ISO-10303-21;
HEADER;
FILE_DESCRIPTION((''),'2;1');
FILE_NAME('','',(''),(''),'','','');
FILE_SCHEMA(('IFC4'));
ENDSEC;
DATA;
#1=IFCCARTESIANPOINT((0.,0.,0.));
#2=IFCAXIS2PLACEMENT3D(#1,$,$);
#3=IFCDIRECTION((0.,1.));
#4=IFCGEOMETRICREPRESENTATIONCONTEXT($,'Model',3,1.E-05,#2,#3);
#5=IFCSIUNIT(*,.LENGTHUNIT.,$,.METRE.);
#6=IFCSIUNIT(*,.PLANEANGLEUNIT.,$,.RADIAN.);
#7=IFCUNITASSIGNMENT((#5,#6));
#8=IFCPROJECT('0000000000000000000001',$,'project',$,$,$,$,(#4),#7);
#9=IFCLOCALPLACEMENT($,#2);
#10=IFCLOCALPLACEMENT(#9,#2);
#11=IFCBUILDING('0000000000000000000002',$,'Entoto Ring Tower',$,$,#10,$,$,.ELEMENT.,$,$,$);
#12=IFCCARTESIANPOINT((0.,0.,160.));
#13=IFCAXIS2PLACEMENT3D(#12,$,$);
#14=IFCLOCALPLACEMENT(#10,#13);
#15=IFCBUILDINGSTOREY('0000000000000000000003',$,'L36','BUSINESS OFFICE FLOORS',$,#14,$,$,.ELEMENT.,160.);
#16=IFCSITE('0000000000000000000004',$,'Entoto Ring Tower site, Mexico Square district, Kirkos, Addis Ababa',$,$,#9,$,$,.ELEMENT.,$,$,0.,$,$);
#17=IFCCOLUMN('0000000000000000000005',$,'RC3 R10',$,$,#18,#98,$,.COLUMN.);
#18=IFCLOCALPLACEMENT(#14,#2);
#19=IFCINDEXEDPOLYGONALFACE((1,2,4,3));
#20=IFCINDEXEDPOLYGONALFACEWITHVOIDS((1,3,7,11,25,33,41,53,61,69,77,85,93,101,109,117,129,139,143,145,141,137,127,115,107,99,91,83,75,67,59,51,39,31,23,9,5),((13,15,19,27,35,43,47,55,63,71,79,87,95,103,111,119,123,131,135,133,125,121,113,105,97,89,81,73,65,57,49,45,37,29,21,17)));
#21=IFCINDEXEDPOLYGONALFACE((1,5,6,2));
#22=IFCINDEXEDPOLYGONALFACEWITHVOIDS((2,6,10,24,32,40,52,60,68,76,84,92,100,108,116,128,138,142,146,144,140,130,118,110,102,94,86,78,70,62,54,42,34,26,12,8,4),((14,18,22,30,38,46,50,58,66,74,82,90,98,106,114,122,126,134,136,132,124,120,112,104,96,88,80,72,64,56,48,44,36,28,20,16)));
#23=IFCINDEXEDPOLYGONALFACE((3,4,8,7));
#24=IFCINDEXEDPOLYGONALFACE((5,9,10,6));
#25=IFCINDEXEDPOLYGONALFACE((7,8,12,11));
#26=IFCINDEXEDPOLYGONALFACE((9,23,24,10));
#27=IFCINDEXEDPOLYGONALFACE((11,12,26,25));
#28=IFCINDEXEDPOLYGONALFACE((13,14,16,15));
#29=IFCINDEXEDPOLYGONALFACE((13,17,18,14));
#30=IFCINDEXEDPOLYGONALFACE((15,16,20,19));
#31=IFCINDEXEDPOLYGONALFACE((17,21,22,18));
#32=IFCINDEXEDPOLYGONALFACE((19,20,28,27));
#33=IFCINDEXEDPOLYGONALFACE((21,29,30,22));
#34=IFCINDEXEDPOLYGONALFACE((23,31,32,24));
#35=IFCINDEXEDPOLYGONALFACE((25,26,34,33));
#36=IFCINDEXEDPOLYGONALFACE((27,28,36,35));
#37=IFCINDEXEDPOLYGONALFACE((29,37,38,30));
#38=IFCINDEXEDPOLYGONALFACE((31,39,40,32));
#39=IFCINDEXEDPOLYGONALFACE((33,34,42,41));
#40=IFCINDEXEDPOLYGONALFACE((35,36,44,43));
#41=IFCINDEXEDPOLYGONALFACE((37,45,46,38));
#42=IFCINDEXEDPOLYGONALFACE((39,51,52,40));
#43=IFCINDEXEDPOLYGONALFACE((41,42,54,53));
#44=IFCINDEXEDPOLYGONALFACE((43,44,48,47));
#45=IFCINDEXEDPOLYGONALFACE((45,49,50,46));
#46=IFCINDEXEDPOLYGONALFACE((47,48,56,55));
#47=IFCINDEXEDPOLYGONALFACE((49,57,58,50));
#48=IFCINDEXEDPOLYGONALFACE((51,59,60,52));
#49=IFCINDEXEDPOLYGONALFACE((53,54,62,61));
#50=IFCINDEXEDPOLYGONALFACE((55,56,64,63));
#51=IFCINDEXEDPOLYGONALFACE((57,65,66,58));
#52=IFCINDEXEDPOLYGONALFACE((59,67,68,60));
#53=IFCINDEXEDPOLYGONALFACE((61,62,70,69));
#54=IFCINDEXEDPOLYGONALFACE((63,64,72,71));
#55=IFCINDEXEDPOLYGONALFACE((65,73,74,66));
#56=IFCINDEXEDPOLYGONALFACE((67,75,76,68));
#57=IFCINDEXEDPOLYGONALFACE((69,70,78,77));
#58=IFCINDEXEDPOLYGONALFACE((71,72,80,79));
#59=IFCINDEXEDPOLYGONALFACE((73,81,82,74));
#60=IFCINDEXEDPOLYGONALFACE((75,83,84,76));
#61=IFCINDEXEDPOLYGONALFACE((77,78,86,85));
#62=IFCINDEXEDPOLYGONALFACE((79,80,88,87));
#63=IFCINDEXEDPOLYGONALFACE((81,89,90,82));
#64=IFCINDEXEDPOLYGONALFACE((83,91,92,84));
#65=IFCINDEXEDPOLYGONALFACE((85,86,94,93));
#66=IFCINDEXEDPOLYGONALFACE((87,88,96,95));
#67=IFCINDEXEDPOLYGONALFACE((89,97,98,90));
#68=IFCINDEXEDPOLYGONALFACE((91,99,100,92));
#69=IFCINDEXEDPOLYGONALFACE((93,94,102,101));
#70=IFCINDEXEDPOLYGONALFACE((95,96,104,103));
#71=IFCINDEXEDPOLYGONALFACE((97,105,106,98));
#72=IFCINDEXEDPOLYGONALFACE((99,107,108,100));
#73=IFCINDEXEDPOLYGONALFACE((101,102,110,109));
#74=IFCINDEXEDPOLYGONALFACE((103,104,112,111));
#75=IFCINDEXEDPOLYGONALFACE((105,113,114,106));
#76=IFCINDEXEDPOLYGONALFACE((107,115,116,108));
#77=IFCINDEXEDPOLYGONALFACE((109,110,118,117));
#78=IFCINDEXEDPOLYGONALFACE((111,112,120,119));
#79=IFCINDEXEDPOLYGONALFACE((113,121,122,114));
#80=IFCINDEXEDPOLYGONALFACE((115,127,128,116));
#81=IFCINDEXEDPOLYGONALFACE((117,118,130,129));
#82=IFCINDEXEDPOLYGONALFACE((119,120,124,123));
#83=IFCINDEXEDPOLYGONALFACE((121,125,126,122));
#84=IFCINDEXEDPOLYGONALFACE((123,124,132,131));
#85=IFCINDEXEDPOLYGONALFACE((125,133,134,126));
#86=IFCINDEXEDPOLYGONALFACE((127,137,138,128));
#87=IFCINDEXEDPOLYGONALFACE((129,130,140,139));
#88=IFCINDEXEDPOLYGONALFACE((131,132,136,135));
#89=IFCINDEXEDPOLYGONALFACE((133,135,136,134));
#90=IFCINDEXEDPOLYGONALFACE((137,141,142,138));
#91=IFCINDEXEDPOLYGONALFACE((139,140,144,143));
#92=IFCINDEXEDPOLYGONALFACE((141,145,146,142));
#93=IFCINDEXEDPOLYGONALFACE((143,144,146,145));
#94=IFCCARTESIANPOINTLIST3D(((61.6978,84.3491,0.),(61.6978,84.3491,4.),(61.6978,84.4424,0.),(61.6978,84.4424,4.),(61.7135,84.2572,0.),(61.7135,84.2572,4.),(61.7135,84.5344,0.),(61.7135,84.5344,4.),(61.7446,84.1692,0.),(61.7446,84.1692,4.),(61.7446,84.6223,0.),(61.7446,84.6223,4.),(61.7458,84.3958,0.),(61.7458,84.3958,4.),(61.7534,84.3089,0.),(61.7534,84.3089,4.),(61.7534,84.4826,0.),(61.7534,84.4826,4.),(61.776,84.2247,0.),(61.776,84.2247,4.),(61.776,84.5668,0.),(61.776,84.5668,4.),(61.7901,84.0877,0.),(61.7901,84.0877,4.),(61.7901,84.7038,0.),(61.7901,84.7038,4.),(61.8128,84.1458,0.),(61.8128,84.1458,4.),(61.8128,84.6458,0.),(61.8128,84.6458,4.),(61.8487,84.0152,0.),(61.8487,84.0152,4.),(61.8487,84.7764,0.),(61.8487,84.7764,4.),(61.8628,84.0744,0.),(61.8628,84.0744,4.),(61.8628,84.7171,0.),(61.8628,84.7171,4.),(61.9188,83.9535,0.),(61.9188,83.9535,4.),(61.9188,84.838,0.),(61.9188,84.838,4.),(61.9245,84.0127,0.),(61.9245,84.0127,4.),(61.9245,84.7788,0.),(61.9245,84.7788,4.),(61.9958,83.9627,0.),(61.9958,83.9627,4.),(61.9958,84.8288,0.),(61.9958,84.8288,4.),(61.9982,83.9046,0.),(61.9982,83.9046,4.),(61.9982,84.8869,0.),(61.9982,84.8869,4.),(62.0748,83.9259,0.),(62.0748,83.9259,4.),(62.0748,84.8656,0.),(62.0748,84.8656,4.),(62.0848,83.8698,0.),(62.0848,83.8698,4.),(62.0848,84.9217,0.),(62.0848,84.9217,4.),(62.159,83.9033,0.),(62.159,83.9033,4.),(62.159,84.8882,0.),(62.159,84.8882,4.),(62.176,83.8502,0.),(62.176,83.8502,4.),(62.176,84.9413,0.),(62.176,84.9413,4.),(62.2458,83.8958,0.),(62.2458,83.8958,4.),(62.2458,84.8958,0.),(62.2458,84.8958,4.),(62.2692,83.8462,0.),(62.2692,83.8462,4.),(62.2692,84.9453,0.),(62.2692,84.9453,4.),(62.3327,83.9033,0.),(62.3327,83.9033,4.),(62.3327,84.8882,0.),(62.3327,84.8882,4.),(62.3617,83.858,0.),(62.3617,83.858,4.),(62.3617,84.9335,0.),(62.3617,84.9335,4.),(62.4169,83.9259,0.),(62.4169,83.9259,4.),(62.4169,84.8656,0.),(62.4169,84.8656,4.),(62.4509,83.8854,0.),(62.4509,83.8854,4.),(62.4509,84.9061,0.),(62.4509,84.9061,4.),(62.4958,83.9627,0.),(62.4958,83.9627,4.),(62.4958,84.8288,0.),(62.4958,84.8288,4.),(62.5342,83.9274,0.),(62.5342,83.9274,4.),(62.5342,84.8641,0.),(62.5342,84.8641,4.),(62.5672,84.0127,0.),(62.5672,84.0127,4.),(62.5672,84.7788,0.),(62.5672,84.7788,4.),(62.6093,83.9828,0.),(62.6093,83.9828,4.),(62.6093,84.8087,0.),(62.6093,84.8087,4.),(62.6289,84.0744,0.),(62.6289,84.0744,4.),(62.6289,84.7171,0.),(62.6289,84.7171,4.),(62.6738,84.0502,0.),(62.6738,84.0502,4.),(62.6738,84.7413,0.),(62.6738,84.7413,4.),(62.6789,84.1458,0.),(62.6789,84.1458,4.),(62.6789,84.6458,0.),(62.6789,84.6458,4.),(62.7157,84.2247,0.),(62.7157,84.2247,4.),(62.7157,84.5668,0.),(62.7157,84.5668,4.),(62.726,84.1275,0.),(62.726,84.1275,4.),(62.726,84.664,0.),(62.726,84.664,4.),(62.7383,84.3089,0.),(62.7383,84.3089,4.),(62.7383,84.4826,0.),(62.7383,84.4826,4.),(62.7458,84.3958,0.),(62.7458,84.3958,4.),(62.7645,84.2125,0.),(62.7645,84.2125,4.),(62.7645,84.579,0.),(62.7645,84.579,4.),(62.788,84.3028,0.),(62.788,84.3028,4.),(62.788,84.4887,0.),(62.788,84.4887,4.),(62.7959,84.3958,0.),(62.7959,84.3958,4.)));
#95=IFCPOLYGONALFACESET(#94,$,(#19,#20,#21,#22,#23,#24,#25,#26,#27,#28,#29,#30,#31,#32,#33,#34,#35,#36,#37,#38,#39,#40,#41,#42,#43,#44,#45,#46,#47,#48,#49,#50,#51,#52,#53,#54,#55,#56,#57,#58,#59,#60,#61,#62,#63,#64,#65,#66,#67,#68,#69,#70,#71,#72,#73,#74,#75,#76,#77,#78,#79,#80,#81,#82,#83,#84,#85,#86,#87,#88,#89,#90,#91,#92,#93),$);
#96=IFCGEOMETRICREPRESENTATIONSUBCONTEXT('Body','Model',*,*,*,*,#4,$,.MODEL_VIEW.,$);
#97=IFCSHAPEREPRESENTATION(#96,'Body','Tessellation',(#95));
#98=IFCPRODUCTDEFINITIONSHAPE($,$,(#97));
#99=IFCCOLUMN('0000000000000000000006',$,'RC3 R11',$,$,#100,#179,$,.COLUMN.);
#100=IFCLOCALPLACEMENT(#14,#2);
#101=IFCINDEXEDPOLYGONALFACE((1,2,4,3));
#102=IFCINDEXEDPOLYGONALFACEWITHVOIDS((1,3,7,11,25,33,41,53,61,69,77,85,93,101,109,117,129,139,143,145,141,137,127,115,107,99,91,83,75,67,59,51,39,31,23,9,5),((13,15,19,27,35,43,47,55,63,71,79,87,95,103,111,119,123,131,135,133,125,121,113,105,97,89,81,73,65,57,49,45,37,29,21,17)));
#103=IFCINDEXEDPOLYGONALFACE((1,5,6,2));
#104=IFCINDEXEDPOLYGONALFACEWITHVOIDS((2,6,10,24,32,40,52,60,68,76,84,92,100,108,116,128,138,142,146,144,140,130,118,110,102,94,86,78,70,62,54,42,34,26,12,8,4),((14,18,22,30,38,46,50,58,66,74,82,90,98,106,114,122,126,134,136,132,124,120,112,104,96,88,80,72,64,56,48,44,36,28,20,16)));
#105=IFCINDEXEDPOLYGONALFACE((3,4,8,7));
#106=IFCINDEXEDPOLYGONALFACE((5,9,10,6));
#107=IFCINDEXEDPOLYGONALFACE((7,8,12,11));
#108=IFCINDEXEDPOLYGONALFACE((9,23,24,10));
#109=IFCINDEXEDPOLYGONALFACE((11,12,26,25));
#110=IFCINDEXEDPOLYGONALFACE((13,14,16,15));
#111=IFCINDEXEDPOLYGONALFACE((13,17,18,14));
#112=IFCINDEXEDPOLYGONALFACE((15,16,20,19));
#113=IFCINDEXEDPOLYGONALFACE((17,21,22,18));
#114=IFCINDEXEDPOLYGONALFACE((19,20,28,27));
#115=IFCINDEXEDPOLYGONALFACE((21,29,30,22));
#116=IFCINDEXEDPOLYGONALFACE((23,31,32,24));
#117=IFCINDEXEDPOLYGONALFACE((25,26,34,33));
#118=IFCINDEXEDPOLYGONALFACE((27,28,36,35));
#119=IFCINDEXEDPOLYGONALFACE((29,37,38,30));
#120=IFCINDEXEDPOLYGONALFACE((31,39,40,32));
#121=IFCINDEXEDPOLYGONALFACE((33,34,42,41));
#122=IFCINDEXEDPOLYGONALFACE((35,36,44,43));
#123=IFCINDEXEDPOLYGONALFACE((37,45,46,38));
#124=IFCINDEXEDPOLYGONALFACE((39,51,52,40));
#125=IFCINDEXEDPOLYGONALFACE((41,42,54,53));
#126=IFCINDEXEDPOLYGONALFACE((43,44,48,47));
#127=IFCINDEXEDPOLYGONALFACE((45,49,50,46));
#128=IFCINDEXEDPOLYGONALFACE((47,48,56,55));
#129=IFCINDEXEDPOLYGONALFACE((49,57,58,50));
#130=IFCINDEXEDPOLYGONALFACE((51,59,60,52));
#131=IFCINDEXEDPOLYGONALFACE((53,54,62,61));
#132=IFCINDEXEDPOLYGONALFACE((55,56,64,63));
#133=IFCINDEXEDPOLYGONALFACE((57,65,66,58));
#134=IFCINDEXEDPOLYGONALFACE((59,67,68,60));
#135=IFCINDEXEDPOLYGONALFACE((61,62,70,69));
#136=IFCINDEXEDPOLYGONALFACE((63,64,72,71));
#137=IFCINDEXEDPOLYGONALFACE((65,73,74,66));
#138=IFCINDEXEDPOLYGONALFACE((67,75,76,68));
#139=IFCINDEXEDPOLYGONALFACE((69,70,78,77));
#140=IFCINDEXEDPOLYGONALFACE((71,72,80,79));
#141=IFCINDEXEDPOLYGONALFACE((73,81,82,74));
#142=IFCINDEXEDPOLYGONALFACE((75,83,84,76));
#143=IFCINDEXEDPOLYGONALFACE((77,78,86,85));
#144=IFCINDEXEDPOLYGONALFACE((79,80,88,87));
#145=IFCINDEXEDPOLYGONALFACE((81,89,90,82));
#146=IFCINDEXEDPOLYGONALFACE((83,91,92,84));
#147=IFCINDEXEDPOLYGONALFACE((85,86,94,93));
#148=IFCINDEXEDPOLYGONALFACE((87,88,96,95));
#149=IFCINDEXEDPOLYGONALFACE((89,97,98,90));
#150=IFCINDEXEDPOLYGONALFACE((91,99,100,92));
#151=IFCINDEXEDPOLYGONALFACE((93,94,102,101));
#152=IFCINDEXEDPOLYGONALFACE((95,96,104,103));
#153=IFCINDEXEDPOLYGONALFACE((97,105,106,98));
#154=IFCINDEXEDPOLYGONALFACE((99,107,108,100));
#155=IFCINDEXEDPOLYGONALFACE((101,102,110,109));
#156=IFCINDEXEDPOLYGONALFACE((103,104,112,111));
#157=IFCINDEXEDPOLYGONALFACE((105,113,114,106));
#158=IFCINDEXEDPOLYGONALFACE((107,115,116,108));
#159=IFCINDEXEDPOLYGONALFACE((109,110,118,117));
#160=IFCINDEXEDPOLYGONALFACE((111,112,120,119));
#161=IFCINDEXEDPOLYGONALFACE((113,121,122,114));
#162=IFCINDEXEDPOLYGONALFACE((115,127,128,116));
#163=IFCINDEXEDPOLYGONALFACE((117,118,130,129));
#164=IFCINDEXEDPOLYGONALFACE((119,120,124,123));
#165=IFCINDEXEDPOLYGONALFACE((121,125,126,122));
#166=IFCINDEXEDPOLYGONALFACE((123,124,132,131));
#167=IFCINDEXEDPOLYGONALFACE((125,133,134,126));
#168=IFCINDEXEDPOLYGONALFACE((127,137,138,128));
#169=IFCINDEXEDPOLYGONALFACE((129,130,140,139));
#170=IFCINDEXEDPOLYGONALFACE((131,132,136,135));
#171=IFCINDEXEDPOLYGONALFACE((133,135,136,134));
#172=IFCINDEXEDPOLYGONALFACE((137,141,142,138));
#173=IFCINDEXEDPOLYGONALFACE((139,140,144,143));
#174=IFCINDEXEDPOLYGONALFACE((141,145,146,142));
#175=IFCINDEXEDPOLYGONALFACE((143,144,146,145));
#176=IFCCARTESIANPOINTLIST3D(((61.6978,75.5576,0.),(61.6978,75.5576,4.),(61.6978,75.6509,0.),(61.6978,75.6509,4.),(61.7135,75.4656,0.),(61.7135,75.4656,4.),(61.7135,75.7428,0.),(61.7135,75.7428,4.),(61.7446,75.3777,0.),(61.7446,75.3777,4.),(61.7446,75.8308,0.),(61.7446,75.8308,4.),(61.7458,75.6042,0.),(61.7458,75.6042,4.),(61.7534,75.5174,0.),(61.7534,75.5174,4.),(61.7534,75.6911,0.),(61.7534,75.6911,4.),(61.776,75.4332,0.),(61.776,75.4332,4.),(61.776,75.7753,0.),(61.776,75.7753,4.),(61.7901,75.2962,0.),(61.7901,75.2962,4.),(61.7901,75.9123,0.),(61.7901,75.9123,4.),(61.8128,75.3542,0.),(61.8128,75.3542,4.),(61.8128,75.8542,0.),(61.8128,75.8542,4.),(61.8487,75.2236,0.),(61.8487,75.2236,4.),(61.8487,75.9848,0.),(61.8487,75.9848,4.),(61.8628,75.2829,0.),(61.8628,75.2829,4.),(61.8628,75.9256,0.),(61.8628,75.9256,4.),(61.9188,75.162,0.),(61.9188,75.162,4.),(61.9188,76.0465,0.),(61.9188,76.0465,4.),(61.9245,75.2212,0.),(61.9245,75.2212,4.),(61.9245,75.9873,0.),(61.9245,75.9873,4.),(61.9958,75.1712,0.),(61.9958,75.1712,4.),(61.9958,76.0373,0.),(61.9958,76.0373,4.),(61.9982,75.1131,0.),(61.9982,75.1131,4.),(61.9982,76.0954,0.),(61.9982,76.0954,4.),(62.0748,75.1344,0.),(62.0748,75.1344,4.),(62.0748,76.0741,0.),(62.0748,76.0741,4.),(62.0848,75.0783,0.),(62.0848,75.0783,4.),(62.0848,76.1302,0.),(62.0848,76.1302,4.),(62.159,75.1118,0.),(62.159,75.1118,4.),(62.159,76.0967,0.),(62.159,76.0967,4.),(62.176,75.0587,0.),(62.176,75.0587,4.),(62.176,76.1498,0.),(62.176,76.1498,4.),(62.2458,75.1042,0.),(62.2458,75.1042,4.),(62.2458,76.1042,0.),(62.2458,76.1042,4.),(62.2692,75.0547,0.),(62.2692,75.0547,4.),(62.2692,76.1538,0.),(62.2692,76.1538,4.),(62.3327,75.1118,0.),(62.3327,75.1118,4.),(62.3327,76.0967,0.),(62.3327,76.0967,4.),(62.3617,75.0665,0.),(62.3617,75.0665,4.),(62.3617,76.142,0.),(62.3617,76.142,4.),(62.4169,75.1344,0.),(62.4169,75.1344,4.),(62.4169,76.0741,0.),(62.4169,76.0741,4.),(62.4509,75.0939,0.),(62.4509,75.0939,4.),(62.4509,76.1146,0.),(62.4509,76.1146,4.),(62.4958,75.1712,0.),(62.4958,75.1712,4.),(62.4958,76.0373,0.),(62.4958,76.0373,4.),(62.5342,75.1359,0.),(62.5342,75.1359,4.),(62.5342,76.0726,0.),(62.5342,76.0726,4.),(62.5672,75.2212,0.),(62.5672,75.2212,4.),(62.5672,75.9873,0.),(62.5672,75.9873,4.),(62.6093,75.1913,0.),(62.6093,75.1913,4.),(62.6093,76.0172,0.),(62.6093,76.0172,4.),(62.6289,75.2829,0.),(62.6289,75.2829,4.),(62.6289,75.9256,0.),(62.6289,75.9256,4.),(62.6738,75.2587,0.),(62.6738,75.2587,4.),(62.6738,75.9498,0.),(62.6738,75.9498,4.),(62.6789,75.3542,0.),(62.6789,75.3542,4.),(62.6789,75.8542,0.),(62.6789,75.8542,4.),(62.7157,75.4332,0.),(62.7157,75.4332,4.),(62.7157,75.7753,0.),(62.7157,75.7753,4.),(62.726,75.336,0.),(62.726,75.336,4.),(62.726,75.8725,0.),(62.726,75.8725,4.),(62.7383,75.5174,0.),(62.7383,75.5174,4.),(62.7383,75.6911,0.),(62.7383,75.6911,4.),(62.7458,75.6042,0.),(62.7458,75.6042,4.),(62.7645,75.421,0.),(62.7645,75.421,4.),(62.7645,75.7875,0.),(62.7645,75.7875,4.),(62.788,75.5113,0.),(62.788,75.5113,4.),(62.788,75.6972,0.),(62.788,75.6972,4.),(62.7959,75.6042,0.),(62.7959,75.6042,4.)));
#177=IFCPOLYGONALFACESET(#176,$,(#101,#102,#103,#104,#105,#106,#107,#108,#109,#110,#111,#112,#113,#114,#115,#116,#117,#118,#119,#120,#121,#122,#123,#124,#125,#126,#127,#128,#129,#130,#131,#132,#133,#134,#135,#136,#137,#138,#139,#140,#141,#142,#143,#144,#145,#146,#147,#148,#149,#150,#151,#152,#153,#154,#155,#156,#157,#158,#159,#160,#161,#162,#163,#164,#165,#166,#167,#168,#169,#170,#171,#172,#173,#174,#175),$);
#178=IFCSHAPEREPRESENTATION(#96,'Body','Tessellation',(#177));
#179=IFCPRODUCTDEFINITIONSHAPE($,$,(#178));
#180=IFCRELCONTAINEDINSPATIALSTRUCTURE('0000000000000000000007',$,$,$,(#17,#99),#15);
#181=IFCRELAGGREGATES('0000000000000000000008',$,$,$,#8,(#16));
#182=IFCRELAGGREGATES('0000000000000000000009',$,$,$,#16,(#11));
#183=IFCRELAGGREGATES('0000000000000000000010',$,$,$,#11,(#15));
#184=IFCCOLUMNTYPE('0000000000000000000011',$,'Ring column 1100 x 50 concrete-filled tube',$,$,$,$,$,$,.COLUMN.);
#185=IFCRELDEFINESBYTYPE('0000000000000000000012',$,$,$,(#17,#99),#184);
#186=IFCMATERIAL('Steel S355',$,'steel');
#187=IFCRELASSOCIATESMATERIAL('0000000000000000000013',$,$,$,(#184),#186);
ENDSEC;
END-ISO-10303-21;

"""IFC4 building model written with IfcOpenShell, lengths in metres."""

from ifc_helpers import new_model, si_unit, direction, frame, origin, origin_2d, place, context, subcontext, project, spatial, circle, hollow_circle, extrude, material, material_profile, profile_set, type_object, element, save


model = new_model("IFC4")

# Units and contexts
model_context = context("Model", 3, precision=1e-05, world=origin(), true_north=direction((0.0, 1.0)))
body_context = subcontext(model_context, "Body", "Model", "MODEL_VIEW")
ifc_project = project(units=[si_unit("LENGTHUNIT", "METRE"), si_unit("PLANEANGLEUNIT", "RADIAN")], contexts=[model_context])

# Site, building, storey
site_placement = place(None, origin())
site = spatial("IfcSite", under=ifc_project, at=site_placement, Name="Entoto Ring Tower site, Mexico Square district, Kirkos, Addis Ababa", CompositionType="ELEMENT", RefElevation=0.0)
building_placement = place(site_placement, origin())
building = spatial("IfcBuilding", under=site, at=building_placement, Name="Entoto Ring Tower", CompositionType="ELEMENT")
storey_placement = place(building_placement, frame((0.0, 0.0, 160.0)))
storey = spatial("IfcBuildingStorey", under=building, at=storey_placement, Name="L36", Description="BUSINESS OFFICE FLOORS", CompositionType="ELEMENT", Elevation=160.0)

# Columns
ifc_material_1 = material(Name="Steel S355", Category="steel")
ifc_material_profile_1 = material_profile(ifc_material_1, hollow_circle(Radius=0.55, WallThickness=0.05, at=origin_2d()), Name="CHS 1100 x 50")
ifc_material_2 = material(Name="Concrete C60/75", Category="concrete")
ifc_material_profile_2 = material_profile(ifc_material_2, circle(Radius=0.5, at=origin_2d()), Name="Concrete C60/75 infill")
ifc_profile_set_1 = profile_set([ifc_material_profile_1, ifc_material_profile_2], Name="Steel S355")
column_type = type_object("IfcColumnType", Name="Ring column 1100 x 50 concrete-filled tube", PredefinedType="COLUMN", material=ifc_profile_set_1)
for number, where, z_axis, x_axis, name in (
    (1, (62.2458, 84.3958, 0.0), (0.0, 0.0, 1.0), (1.0, 0.0, 0.0), "RC3 R10"),
    (2, (62.2458, 75.6042, 0.0), (0.0, 0.0, 1.0), (1.0, 0.0, 0.0), "RC3 R11"),
):
    element("IfcColumn", number, at=place(storey_placement, frame(where, z_axis=z_axis, x_axis=x_axis)), inside=storey, type_object=column_type, Name=name, PredefinedType="COLUMN", context=body_context, shape_type="SweptSolid", body=[
        extrude(hollow_circle(Radius=0.55, WallThickness=0.05, at=origin_2d()), origin(), (0.0, 0.0, 1.0), 4.0),
    ])

save(model, "model.ifc")
